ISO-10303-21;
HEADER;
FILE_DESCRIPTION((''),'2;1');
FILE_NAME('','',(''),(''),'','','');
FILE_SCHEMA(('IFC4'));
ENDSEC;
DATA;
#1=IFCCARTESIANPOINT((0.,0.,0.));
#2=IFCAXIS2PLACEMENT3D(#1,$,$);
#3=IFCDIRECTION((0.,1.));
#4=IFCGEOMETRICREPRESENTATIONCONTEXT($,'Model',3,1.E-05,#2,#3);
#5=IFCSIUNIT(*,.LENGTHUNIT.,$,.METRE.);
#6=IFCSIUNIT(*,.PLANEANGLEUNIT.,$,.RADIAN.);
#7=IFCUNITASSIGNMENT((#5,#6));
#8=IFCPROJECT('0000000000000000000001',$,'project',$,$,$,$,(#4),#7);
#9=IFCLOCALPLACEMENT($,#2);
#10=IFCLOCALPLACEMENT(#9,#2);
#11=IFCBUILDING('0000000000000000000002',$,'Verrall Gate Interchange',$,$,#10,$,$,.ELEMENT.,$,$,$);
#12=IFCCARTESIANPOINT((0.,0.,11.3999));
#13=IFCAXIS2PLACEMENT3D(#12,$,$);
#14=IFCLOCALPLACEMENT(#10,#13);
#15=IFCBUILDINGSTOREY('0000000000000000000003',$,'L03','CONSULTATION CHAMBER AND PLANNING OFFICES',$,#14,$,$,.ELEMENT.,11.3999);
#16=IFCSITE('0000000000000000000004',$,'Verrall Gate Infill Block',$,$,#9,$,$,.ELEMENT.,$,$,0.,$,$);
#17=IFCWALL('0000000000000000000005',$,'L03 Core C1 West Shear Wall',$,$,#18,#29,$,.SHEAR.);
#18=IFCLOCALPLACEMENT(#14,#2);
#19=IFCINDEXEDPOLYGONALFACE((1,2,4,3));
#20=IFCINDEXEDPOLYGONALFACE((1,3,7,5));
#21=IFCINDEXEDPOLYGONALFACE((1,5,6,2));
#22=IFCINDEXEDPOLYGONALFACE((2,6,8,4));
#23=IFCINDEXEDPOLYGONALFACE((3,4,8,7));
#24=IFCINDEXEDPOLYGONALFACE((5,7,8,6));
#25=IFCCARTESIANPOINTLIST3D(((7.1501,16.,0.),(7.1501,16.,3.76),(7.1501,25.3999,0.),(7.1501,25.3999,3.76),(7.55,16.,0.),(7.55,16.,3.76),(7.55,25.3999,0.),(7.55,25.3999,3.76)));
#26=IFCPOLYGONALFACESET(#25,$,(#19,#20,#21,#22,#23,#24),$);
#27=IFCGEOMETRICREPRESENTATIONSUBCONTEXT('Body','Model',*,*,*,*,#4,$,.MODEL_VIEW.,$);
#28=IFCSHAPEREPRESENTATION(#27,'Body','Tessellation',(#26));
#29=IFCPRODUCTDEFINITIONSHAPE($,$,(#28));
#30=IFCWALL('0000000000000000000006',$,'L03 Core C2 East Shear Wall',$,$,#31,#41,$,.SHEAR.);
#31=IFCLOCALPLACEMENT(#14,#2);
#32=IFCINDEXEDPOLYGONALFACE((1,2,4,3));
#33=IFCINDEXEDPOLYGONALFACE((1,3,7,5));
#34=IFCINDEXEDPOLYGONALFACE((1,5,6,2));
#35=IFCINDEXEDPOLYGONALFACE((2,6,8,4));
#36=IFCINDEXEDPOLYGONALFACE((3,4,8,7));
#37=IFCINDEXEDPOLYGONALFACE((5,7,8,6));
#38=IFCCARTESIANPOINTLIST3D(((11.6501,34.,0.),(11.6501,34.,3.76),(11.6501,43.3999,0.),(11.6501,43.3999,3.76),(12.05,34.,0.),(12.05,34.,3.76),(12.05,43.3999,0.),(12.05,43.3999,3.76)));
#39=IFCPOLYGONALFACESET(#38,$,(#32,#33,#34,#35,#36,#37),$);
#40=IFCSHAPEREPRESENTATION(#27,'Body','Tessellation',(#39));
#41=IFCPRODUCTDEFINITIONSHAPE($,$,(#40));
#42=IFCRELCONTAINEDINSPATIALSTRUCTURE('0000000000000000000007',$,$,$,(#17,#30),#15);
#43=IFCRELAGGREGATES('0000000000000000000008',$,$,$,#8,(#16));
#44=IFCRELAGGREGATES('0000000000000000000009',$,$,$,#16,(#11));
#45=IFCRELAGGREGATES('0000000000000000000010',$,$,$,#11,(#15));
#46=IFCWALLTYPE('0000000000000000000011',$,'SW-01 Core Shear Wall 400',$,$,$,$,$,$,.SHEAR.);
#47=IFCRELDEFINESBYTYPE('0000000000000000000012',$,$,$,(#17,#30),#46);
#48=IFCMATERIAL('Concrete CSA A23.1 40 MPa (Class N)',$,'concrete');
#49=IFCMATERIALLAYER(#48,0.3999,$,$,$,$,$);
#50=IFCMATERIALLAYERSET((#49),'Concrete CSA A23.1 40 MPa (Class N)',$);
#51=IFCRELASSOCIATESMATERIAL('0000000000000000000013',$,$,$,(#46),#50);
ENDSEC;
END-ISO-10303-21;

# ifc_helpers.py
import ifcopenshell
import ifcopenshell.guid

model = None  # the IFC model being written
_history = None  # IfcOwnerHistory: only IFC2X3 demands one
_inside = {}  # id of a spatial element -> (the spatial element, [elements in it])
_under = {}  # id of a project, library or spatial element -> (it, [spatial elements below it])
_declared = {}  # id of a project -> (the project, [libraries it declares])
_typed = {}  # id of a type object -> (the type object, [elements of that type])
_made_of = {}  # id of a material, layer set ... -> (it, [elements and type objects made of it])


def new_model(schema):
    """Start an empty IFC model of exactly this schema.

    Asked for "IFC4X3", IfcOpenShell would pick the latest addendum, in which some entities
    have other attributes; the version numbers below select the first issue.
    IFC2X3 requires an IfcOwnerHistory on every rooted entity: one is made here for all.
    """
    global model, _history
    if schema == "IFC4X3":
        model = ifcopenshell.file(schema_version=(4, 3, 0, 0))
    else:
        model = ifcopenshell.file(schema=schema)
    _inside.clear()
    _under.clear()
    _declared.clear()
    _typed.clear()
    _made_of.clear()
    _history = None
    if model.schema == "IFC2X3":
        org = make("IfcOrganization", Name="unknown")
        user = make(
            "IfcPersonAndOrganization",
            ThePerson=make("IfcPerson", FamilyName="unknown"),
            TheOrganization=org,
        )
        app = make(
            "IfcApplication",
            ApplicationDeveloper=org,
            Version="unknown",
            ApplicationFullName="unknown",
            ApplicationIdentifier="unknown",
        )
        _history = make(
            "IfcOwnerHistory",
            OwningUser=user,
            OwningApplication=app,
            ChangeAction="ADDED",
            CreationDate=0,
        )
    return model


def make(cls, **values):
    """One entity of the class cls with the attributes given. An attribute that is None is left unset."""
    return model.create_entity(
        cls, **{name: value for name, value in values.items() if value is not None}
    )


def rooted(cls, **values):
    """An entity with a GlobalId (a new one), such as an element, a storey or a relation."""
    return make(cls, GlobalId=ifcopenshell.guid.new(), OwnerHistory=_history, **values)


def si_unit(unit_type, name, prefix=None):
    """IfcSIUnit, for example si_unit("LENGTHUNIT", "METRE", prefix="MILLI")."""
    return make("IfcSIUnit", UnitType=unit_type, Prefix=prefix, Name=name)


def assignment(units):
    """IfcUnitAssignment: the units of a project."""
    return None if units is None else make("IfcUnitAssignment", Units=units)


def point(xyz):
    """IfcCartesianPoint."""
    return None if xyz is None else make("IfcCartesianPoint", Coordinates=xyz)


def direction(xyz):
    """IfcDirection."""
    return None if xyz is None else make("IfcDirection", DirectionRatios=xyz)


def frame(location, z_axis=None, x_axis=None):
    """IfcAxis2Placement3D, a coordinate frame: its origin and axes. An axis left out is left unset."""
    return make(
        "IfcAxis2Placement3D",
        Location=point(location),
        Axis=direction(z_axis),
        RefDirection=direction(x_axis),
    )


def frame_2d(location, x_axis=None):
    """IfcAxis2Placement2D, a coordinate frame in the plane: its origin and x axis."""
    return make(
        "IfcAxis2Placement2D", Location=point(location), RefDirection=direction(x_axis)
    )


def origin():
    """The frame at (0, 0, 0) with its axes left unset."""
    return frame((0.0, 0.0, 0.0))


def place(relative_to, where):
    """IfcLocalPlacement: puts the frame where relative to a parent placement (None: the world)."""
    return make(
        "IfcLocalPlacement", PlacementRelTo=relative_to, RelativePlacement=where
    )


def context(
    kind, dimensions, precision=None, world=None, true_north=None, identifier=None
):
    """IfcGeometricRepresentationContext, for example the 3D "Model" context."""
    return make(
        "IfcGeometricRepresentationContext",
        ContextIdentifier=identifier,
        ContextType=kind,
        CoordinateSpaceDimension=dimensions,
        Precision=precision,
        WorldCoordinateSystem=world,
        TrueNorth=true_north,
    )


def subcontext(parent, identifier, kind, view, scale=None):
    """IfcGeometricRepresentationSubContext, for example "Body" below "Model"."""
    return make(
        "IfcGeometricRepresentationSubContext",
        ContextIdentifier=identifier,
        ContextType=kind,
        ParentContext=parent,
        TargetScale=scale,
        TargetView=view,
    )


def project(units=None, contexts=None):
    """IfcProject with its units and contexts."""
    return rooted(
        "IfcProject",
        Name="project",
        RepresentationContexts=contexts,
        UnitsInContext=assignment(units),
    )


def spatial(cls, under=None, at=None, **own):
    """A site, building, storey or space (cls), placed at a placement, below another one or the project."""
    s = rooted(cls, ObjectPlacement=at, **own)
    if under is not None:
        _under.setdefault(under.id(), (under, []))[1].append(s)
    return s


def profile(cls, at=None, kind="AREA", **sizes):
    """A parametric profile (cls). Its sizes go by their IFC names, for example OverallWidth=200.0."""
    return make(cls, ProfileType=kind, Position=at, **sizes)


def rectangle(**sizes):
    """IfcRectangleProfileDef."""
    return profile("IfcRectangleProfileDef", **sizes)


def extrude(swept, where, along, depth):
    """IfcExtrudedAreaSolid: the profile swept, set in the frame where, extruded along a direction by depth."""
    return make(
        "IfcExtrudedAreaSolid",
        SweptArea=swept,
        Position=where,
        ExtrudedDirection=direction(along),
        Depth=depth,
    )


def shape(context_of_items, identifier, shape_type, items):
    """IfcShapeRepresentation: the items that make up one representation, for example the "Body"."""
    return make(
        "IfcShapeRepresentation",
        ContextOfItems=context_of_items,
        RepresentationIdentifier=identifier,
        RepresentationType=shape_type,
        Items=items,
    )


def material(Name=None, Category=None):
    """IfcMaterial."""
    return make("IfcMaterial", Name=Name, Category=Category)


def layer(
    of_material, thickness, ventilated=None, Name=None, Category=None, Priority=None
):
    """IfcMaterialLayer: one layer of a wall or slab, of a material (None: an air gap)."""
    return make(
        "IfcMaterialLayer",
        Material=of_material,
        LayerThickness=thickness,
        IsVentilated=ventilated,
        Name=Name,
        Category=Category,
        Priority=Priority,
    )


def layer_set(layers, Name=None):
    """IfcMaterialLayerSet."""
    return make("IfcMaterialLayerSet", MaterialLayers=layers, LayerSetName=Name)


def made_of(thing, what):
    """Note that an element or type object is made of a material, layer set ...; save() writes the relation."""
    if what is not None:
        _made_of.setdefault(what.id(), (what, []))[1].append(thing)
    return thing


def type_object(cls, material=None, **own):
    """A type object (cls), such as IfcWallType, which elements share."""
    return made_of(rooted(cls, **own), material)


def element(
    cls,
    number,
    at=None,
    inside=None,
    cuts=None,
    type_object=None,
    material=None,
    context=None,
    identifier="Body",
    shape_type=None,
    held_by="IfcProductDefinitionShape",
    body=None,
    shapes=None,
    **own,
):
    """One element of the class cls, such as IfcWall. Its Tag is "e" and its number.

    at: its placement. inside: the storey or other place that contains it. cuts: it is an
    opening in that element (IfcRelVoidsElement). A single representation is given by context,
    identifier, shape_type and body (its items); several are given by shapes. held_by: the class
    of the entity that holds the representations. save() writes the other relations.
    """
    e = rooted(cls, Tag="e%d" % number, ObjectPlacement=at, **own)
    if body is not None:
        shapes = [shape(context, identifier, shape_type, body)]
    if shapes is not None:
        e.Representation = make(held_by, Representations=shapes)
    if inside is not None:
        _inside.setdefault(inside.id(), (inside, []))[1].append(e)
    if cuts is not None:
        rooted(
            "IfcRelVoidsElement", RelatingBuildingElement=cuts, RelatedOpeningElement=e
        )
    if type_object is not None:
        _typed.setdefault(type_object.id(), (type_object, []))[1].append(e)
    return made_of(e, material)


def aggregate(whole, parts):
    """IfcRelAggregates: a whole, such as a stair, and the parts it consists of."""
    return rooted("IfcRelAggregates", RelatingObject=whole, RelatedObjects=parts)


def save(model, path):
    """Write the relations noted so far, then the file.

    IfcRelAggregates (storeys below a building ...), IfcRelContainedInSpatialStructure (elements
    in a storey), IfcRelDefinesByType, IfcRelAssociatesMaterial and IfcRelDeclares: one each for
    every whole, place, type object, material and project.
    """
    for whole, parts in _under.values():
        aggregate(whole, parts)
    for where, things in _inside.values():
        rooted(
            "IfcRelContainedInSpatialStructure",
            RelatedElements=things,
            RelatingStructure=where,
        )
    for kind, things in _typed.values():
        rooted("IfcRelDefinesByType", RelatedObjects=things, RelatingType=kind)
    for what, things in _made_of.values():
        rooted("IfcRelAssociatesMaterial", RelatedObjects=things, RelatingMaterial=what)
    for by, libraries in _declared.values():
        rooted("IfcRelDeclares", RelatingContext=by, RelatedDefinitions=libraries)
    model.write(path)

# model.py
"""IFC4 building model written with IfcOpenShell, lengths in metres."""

from ifc_helpers import new_model, si_unit, direction, frame, frame_2d, origin, place, context, subcontext, project, spatial, rectangle, extrude, material, layer, layer_set, type_object, element, save


model = new_model("IFC4")

# Units and contexts
model_context = context("Model", 3, precision=1e-05, world=origin(), true_north=direction((0.0, 1.0)))
body_context = subcontext(model_context, "Body", "Model", "MODEL_VIEW")
ifc_project = project(units=[si_unit("LENGTHUNIT", "METRE"), si_unit("PLANEANGLEUNIT", "RADIAN")], contexts=[model_context])

# Site, building, storey
site_placement = place(None, origin())
site = spatial("IfcSite", under=ifc_project, at=site_placement, Name="Verrall Gate Infill Block", CompositionType="ELEMENT", RefElevation=0.0)
building_placement = place(site_placement, origin())
building = spatial("IfcBuilding", under=site, at=building_placement, Name="Verrall Gate Interchange", CompositionType="ELEMENT")
storey_placement = place(building_placement, frame((0.0, 0.0, 11.3999)))
storey = spatial("IfcBuildingStorey", under=building, at=storey_placement, Name="L03", Description="CONSULTATION CHAMBER AND PLANNING OFFICES", CompositionType="ELEMENT", Elevation=11.3999)

# Wall
ifc_material_1 = material(Name="Concrete CSA A23.1 40 MPa (Class N)", Category="concrete")
ifc_layer_1 = layer(ifc_material_1, 0.3999)
ifc_layer_set_1 = layer_set([ifc_layer_1], Name="Concrete CSA A23.1 40 MPa (Class N)")
wall_type_1 = type_object("IfcWallType", Name="SW-01 Core Shear Wall 400", PredefinedType="SHEAR", material=ifc_layer_set_1)
wall_1_placement = place(storey_placement, frame((7.3501, 25.3999, 0.0), z_axis=(0.0, 0.0, 1.0), x_axis=(0.0, -1.0, 0.0)))
element("IfcWall", 1, at=wall_1_placement, inside=storey, type_object=wall_type_1, Name="L03 Core C1 West Shear Wall", PredefinedType="SHEAR", context=body_context, shape_type="SweptSolid", body=[
    extrude(rectangle(XDim=9.3999, YDim=0.3999, at=frame_2d((4.7, 0.0))), origin(), (0.0, 0.0, 1.0), 3.76),
])

# Wall
wall_2_placement = place(storey_placement, frame((11.8501, 34.0, 0.0), z_axis=(0.0, 0.0, 1.0), x_axis=(0.0, 1.0, 0.0)))
element("IfcWall", 2, at=wall_2_placement, inside=storey, type_object=wall_type_1, Name="L03 Core C2 East Shear Wall", PredefinedType="SHEAR", context=body_context, shape_type="SweptSolid", body=[
    extrude(rectangle(XDim=9.3999, YDim=0.3999, at=frame_2d((4.7, 0.0))), origin(), (0.0, 0.0, 1.0), 3.76),
])

save(model, "model.ifc")
